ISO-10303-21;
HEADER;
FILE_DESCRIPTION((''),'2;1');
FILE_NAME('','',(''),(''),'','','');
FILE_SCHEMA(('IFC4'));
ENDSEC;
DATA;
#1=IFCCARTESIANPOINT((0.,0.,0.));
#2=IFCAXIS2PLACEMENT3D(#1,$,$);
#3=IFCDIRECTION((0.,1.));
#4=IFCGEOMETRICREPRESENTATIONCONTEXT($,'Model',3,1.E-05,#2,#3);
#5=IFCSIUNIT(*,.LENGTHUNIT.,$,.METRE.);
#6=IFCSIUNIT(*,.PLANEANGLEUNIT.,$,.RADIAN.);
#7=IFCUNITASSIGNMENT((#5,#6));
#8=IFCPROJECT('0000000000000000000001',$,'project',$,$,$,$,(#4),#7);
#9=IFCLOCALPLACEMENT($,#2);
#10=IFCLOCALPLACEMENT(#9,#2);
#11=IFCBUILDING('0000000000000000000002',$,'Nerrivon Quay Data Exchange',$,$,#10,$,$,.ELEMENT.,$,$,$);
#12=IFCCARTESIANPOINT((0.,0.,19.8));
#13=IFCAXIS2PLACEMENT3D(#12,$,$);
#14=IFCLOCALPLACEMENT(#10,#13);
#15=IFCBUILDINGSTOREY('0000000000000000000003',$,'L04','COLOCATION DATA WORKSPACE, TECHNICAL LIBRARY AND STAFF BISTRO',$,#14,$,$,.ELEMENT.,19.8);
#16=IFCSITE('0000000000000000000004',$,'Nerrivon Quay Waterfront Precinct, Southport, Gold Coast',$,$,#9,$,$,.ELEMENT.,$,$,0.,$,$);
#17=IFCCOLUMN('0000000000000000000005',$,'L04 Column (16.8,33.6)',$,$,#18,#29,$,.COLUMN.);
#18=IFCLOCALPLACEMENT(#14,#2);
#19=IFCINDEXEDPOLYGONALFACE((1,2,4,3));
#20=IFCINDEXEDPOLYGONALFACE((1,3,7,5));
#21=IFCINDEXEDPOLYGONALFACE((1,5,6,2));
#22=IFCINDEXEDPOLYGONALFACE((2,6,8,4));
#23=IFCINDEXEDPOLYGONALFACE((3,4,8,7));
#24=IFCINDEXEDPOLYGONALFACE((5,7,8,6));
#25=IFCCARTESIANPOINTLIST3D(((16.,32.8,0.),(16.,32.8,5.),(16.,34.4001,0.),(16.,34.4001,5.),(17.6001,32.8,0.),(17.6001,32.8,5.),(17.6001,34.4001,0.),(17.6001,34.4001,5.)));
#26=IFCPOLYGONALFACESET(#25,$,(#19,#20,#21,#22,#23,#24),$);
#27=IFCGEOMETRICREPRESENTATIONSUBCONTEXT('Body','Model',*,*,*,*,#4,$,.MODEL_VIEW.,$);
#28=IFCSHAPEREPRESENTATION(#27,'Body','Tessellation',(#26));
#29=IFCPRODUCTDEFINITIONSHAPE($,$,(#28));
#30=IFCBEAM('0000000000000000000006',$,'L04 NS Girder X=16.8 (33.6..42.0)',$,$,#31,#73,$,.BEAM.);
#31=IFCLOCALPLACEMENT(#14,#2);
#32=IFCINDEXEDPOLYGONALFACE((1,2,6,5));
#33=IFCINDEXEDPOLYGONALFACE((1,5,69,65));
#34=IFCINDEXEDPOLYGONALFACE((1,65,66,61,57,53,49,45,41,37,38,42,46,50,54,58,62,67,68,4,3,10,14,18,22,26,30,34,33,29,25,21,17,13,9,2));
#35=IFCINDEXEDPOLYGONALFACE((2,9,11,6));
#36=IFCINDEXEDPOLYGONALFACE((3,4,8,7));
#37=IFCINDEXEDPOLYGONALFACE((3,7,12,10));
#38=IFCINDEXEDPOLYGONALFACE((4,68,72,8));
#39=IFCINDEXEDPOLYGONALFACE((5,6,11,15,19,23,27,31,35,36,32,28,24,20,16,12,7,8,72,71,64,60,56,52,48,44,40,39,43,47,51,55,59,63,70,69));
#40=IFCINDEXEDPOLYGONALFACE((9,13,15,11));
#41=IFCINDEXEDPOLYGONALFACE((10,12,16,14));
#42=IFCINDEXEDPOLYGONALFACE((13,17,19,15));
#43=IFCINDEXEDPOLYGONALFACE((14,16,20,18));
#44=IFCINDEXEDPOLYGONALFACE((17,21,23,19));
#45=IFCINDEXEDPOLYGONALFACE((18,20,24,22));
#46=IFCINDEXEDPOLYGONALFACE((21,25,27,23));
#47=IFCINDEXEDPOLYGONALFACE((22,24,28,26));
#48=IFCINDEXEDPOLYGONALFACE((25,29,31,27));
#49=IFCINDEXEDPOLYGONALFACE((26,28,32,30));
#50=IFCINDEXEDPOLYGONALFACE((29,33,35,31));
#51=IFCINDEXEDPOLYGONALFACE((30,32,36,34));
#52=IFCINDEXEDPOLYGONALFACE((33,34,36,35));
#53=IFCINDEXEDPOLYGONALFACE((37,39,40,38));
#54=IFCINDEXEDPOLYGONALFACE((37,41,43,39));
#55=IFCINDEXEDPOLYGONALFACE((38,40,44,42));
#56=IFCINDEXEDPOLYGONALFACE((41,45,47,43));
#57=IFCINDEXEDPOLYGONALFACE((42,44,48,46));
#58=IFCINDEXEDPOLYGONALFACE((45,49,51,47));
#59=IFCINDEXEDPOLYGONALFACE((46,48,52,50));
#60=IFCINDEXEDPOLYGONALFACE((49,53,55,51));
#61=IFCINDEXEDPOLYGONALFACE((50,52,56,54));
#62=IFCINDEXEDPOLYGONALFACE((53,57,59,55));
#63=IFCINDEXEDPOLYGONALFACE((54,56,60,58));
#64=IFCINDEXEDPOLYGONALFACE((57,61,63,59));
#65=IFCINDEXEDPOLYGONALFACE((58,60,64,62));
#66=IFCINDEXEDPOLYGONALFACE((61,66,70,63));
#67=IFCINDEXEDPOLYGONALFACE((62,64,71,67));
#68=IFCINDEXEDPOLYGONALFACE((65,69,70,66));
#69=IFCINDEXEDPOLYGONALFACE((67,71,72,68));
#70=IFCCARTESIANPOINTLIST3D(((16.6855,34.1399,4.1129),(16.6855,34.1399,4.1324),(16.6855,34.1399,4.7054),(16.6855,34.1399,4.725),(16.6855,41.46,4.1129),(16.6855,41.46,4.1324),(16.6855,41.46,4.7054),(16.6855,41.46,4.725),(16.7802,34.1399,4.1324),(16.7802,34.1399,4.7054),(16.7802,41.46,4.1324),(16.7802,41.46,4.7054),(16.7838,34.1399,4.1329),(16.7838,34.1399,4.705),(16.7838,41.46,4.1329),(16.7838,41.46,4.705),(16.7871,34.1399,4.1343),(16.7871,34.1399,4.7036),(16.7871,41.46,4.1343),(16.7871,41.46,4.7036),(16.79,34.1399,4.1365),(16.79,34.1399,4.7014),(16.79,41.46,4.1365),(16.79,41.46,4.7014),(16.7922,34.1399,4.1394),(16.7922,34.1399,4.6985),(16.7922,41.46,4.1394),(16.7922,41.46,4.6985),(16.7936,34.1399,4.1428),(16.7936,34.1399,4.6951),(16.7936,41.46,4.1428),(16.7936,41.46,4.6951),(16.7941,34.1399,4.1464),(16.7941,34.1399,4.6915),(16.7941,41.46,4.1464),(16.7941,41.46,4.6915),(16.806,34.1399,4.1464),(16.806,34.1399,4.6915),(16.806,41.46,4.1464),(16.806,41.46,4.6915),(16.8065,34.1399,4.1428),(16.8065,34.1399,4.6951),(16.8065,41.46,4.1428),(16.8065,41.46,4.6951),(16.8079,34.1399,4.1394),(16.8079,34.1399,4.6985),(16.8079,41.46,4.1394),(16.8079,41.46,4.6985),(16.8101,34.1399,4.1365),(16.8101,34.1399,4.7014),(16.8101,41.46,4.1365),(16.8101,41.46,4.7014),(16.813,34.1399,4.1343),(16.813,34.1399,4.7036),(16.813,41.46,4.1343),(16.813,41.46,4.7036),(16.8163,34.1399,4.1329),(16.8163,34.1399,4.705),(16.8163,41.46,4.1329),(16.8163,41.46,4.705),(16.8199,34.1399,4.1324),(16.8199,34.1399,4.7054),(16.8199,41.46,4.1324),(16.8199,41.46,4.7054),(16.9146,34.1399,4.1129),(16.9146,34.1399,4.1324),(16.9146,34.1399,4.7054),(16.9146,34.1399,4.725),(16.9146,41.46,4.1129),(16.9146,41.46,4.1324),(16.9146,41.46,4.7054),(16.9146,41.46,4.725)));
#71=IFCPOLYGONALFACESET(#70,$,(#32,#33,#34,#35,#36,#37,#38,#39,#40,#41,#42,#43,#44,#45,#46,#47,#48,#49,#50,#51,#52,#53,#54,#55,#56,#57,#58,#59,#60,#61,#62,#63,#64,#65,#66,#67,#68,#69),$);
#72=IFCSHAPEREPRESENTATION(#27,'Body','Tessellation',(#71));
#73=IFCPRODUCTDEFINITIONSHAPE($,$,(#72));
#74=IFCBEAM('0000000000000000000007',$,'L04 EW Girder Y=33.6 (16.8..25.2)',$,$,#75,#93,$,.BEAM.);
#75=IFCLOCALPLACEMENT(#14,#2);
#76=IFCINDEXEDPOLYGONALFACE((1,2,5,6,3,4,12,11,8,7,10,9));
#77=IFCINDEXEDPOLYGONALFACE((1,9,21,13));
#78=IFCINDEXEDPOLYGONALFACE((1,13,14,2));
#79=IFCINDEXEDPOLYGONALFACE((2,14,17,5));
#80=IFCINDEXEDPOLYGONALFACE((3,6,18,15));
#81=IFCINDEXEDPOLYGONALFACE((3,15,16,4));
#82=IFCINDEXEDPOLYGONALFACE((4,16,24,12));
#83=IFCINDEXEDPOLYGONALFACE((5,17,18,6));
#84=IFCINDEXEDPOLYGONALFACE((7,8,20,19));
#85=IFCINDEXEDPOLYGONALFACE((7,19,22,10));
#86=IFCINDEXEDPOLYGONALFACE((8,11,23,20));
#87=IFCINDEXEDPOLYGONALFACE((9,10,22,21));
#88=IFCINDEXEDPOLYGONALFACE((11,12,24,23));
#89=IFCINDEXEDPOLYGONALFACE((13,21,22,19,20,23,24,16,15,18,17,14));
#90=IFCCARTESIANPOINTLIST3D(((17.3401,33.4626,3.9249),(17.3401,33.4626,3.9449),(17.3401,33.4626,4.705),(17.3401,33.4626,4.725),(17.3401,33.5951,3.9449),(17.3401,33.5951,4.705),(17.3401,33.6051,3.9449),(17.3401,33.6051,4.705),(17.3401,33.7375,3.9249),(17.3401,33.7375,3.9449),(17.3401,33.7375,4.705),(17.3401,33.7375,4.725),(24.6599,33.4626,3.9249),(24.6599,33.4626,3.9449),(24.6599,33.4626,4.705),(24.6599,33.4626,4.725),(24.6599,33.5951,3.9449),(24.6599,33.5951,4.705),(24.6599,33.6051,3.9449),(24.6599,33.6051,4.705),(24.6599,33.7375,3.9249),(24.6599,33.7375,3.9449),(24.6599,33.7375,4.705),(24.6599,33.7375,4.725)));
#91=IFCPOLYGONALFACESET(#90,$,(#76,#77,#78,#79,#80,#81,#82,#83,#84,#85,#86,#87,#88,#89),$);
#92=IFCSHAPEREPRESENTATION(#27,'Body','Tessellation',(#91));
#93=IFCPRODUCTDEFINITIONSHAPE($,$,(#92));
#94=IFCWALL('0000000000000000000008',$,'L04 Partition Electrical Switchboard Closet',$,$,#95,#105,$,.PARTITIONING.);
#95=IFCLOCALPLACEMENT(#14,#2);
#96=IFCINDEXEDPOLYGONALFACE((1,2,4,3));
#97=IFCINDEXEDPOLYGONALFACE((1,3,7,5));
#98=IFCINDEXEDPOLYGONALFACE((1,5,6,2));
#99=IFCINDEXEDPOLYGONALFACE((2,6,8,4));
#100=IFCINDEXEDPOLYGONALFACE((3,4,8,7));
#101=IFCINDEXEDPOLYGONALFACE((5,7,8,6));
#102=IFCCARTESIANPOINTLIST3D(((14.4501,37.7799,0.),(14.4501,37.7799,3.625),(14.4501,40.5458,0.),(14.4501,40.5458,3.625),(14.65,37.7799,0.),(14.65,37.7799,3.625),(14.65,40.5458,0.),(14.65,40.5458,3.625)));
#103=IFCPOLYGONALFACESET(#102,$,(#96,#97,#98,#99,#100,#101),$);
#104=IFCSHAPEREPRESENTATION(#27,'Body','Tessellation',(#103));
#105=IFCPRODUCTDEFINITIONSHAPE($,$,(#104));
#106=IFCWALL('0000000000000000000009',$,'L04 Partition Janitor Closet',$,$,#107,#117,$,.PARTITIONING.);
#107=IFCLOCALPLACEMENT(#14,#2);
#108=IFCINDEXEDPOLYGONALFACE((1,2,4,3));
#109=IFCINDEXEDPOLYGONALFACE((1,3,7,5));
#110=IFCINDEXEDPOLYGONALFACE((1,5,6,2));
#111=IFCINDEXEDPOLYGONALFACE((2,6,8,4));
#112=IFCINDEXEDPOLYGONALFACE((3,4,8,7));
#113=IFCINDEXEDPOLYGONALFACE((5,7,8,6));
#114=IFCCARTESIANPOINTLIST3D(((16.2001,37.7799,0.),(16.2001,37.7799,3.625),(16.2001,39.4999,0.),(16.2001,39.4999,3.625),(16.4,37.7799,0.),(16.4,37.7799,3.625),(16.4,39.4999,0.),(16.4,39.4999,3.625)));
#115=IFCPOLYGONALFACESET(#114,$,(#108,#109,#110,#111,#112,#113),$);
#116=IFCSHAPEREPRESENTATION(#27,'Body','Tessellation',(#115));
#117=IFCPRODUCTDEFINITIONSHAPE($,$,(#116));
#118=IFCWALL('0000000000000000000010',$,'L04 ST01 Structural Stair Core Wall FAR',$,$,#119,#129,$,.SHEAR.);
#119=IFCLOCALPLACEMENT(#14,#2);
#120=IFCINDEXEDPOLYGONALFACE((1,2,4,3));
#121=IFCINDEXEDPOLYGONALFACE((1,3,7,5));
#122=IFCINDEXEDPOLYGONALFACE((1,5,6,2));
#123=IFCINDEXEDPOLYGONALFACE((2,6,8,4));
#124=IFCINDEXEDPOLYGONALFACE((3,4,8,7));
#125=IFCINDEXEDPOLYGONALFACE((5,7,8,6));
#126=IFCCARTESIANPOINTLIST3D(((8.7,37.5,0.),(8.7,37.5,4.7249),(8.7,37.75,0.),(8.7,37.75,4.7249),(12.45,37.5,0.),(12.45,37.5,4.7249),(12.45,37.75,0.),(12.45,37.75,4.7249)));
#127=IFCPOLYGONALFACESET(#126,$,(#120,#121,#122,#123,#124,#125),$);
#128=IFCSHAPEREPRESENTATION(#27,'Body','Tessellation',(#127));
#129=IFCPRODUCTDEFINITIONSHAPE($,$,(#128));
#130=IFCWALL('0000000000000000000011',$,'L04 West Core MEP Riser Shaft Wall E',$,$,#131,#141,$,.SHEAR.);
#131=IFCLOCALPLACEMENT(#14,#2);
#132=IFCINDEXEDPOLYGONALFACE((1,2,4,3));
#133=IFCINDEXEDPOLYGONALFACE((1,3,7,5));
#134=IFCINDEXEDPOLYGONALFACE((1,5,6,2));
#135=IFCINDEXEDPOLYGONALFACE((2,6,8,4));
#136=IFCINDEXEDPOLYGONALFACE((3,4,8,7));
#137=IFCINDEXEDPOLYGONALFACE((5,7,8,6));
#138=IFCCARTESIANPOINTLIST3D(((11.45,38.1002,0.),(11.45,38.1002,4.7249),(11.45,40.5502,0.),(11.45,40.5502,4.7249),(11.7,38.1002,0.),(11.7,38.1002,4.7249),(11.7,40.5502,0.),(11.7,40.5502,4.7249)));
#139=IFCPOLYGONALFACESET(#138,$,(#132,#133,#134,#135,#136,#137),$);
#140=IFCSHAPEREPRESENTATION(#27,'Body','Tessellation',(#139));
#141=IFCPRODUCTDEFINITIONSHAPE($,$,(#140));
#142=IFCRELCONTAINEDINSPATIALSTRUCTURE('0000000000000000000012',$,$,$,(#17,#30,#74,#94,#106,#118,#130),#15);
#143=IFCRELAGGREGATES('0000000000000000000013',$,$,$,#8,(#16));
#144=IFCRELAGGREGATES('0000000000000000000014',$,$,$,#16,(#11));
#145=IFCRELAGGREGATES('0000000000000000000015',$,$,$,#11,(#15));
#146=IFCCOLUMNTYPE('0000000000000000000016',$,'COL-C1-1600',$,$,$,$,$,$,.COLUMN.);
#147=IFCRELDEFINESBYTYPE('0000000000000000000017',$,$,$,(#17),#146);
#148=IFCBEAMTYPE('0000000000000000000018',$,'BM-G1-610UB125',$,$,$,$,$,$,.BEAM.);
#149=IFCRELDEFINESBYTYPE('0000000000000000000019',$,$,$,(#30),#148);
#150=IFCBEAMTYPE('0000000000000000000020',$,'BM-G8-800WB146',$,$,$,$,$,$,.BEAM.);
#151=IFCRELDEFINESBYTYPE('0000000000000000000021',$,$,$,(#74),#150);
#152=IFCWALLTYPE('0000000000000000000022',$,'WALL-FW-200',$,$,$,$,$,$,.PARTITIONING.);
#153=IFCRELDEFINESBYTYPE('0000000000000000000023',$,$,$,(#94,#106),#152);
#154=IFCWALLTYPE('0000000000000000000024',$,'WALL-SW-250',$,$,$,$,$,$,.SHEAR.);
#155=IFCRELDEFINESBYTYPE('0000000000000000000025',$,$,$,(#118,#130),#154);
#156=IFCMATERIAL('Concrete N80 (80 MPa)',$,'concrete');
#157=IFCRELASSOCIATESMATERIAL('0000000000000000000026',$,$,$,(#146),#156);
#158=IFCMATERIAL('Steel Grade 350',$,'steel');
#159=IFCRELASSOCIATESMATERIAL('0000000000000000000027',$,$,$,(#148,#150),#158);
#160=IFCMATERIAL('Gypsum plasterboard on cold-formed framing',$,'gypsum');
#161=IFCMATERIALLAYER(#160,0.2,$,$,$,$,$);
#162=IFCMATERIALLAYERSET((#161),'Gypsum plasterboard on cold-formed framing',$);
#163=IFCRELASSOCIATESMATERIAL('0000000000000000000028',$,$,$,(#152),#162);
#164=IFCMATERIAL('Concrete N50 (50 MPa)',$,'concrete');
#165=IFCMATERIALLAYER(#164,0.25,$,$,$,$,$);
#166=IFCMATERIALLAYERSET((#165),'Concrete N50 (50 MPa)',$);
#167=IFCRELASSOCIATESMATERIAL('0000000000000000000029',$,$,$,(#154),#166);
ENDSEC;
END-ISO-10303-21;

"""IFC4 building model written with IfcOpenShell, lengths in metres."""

from ifc_helpers import new_model, si_unit, direction, frame, frame_2d, origin, origin_2d, place, context, subcontext, project, spatial, rectangle, i_section, extrude, material, layer, layer_set, material_profile, profile_set, type_object, element, save


model = new_model("IFC4")

# Units and contexts
model_context = context("Model", 3, precision=1e-05, world=origin(), true_north=direction((0.0, 1.0)))
body_context = subcontext(model_context, "Body", "Model", "MODEL_VIEW")
ifc_project = project(units=[si_unit("LENGTHUNIT", "METRE"), si_unit("PLANEANGLEUNIT", "RADIAN")], contexts=[model_context])

# Site, building, storey
site_placement = place(None, origin())
site = spatial("IfcSite", under=ifc_project, at=site_placement, Name="Nerrivon Quay Waterfront Precinct, Southport, Gold Coast", CompositionType="ELEMENT", RefElevation=0.0)
building_placement = place(site_placement, origin())
building = spatial("IfcBuilding", under=site, at=building_placement, Name="Nerrivon Quay Data Exchange", CompositionType="ELEMENT")
storey_placement = place(building_placement, frame((0.0, 0.0, 19.8)))
storey = spatial("IfcBuildingStorey", under=building, at=storey_placement, Name="L04", Description="COLOCATION DATA WORKSPACE, TECHNICAL LIBRARY AND STAFF BISTRO", CompositionType="ELEMENT", Elevation=19.8)

# Column
ifc_material_1 = material(Name="Concrete N80 (80 MPa)", Category="concrete")
ifc_material_profile_1 = material_profile(ifc_material_1, rectangle(XDim=1.6001, YDim=1.6001, at=origin_2d()), Name="RC-COL-1600x1600")
ifc_profile_set_1 = profile_set([ifc_material_profile_1], Name="Concrete N80 (80 MPa)")
column_type = type_object("IfcColumnType", Name="COL-C1-1600", PredefinedType="COLUMN", material=ifc_profile_set_1)
column_placement = place(storey_placement, frame((16.8, 33.6001, 0.0), z_axis=(0.0, 0.0, 1.0), x_axis=(1.0, 0.0, 0.0)))
element("IfcColumn", 1, at=column_placement, inside=storey, type_object=column_type, Name="L04 Column (16.8,33.6)", PredefinedType="COLUMN", context=body_context, shape_type="SweptSolid", body=[
    extrude(rectangle(XDim=1.6001, YDim=1.6001, at=origin_2d()), origin(), (0.0, 0.0, 1.0), 5.0),
])

# Beams
ifc_material_2 = material(Name="Steel Grade 350", Category="steel")
ifc_material_profile_2 = material_profile(ifc_material_2, i_section(OverallWidth=0.229, OverallDepth=0.6121, WebThickness=0.012, FlangeThickness=0.0195, FilletRadius=0.0139, at=origin_2d()), Name="610UB125")
ifc_profile_set_2 = profile_set([ifc_material_profile_2], Name="Steel Grade 350")
beam_type_1 = type_object("IfcBeamType", Name="BM-G1-610UB125", PredefinedType="BEAM", material=ifc_profile_set_2)
beam_1_placement = place(storey_placement, frame((16.8, 34.1399, 4.4189), z_axis=(0.0, 1.0, 0.0), x_axis=(-1.0, 0.0, 0.0)))
element("IfcBeam", 2, at=beam_1_placement, inside=storey, type_object=beam_type_1, Name="L04 NS Girder X=16.8 (33.6..42.0)", PredefinedType="BEAM", context=body_context, shape_type="SweptSolid", body=[
    extrude(i_section(OverallWidth=0.229, OverallDepth=0.6121, WebThickness=0.012, FlangeThickness=0.0195, FilletRadius=0.0139, at=origin_2d()), origin(), (0.0, 0.0, 1.0), 7.3201),
])
ifc_material_profile_3 = material_profile(ifc_material_2, i_section(OverallWidth=0.2749, OverallDepth=0.8, WebThickness=0.01, FlangeThickness=0.02, at=origin_2d()), Name="800WB146")
ifc_profile_set_3 = profile_set([ifc_material_profile_3], Name="Steel Grade 350")
beam_type_2 = type_object("IfcBeamType", Name="BM-G8-800WB146", PredefinedType="BEAM", material=ifc_profile_set_3)
beam_2_placement = place(storey_placement, frame((17.3401, 33.6001, 4.325), z_axis=(1.0, 0.0, 0.0), x_axis=(0.0, 1.0, 0.0)))
element("IfcBeam", 3, at=beam_2_placement, inside=storey, type_object=beam_type_2, Name="L04 EW Girder Y=33.6 (16.8..25.2)", PredefinedType="BEAM", context=body_context, shape_type="SweptSolid", body=[
    extrude(i_section(OverallWidth=0.2749, OverallDepth=0.8, WebThickness=0.01, FlangeThickness=0.02, at=origin_2d()), origin(), (0.0, 0.0, 1.0), 7.3198),
])

# Walls
ifc_material_3 = material(Name="Gypsum plasterboard on cold-formed framing", Category="gypsum")
ifc_layer_1 = layer(ifc_material_3, 0.2)
ifc_layer_set_1 = layer_set([ifc_layer_1], Name="Gypsum plasterboard on cold-formed framing")
wall_type_1 = type_object("IfcWallType", Name="WALL-FW-200", PredefinedType="PARTITIONING", material=ifc_layer_set_1)
wall_1_placement = place(storey_placement, frame((14.55, 37.78, 0.0), z_axis=(0.0, 0.0, 1.0), x_axis=(0.0, 1.0, 0.0)))
element("IfcWall", 4, at=wall_1_placement, inside=storey, type_object=wall_type_1, Name="L04 Partition Electrical Switchboard Closet", PredefinedType="PARTITIONING", context=body_context, shape_type="SweptSolid", body=[
    extrude(rectangle(XDim=2.7659, YDim=0.2, at=frame_2d((1.3828, 0.0))), origin(), (0.0, 0.0, 1.0), 3.625),
])
wall_2_placement = place(storey_placement, frame((16.3, 37.78, 0.0), z_axis=(0.0, 0.0, 1.0), x_axis=(0.0, 1.0, 0.0)))
element("IfcWall", 5, at=wall_2_placement, inside=storey, type_object=wall_type_1, Name="L04 Partition Janitor Closet", PredefinedType="PARTITIONING", context=body_context, shape_type="SweptSolid", body=[
    extrude(rectangle(XDim=1.72, YDim=0.2, at=frame_2d((0.8599, 0.0))), origin(), (0.0, 0.0, 1.0), 3.625),
])
ifc_material_4 = material(Name="Concrete N50 (50 MPa)", Category="concrete")
ifc_layer_2 = layer(ifc_material_4, 0.25)
ifc_layer_set_2 = layer_set([ifc_layer_2], Name="Concrete N50 (50 MPa)")
wall_type_2 = type_object("IfcWallType", Name="WALL-SW-250", PredefinedType="SHEAR", material=ifc_layer_set_2)
wall_3_placement = place(storey_placement, frame((12.45, 37.625, 0.0), z_axis=(0.0, 0.0, 1.0), x_axis=(-1.0, 0.0, 0.0)))
element("IfcWall", 6, at=wall_3_placement, inside=storey, type_object=wall_type_2, Name="L04 ST01 Structural Stair Core Wall FAR", PredefinedType="SHEAR", context=body_context, shape_type="SweptSolid", body=[
    extrude(rectangle(XDim=3.75, YDim=0.25, at=frame_2d((1.875, 0.0))), origin(), (0.0, 0.0, 1.0), 4.7249),
])
wall_4_placement = place(storey_placement, frame((11.575, 38.1001, 0.0), z_axis=(0.0, 0.0, 1.0), x_axis=(0.0, 1.0, 0.0)))
element("IfcWall", 7, at=wall_4_placement, inside=storey, type_object=wall_type_2, Name="L04 West Core MEP Riser Shaft Wall E", PredefinedType="SHEAR", context=body_context, shape_type="SweptSolid", body=[
    extrude(rectangle(XDim=2.45, YDim=0.25, at=frame_2d((1.2251, 0.0))), origin(), (0.0, 0.0, 1.0), 4.7249),
])

save(model, "model.ifc")
